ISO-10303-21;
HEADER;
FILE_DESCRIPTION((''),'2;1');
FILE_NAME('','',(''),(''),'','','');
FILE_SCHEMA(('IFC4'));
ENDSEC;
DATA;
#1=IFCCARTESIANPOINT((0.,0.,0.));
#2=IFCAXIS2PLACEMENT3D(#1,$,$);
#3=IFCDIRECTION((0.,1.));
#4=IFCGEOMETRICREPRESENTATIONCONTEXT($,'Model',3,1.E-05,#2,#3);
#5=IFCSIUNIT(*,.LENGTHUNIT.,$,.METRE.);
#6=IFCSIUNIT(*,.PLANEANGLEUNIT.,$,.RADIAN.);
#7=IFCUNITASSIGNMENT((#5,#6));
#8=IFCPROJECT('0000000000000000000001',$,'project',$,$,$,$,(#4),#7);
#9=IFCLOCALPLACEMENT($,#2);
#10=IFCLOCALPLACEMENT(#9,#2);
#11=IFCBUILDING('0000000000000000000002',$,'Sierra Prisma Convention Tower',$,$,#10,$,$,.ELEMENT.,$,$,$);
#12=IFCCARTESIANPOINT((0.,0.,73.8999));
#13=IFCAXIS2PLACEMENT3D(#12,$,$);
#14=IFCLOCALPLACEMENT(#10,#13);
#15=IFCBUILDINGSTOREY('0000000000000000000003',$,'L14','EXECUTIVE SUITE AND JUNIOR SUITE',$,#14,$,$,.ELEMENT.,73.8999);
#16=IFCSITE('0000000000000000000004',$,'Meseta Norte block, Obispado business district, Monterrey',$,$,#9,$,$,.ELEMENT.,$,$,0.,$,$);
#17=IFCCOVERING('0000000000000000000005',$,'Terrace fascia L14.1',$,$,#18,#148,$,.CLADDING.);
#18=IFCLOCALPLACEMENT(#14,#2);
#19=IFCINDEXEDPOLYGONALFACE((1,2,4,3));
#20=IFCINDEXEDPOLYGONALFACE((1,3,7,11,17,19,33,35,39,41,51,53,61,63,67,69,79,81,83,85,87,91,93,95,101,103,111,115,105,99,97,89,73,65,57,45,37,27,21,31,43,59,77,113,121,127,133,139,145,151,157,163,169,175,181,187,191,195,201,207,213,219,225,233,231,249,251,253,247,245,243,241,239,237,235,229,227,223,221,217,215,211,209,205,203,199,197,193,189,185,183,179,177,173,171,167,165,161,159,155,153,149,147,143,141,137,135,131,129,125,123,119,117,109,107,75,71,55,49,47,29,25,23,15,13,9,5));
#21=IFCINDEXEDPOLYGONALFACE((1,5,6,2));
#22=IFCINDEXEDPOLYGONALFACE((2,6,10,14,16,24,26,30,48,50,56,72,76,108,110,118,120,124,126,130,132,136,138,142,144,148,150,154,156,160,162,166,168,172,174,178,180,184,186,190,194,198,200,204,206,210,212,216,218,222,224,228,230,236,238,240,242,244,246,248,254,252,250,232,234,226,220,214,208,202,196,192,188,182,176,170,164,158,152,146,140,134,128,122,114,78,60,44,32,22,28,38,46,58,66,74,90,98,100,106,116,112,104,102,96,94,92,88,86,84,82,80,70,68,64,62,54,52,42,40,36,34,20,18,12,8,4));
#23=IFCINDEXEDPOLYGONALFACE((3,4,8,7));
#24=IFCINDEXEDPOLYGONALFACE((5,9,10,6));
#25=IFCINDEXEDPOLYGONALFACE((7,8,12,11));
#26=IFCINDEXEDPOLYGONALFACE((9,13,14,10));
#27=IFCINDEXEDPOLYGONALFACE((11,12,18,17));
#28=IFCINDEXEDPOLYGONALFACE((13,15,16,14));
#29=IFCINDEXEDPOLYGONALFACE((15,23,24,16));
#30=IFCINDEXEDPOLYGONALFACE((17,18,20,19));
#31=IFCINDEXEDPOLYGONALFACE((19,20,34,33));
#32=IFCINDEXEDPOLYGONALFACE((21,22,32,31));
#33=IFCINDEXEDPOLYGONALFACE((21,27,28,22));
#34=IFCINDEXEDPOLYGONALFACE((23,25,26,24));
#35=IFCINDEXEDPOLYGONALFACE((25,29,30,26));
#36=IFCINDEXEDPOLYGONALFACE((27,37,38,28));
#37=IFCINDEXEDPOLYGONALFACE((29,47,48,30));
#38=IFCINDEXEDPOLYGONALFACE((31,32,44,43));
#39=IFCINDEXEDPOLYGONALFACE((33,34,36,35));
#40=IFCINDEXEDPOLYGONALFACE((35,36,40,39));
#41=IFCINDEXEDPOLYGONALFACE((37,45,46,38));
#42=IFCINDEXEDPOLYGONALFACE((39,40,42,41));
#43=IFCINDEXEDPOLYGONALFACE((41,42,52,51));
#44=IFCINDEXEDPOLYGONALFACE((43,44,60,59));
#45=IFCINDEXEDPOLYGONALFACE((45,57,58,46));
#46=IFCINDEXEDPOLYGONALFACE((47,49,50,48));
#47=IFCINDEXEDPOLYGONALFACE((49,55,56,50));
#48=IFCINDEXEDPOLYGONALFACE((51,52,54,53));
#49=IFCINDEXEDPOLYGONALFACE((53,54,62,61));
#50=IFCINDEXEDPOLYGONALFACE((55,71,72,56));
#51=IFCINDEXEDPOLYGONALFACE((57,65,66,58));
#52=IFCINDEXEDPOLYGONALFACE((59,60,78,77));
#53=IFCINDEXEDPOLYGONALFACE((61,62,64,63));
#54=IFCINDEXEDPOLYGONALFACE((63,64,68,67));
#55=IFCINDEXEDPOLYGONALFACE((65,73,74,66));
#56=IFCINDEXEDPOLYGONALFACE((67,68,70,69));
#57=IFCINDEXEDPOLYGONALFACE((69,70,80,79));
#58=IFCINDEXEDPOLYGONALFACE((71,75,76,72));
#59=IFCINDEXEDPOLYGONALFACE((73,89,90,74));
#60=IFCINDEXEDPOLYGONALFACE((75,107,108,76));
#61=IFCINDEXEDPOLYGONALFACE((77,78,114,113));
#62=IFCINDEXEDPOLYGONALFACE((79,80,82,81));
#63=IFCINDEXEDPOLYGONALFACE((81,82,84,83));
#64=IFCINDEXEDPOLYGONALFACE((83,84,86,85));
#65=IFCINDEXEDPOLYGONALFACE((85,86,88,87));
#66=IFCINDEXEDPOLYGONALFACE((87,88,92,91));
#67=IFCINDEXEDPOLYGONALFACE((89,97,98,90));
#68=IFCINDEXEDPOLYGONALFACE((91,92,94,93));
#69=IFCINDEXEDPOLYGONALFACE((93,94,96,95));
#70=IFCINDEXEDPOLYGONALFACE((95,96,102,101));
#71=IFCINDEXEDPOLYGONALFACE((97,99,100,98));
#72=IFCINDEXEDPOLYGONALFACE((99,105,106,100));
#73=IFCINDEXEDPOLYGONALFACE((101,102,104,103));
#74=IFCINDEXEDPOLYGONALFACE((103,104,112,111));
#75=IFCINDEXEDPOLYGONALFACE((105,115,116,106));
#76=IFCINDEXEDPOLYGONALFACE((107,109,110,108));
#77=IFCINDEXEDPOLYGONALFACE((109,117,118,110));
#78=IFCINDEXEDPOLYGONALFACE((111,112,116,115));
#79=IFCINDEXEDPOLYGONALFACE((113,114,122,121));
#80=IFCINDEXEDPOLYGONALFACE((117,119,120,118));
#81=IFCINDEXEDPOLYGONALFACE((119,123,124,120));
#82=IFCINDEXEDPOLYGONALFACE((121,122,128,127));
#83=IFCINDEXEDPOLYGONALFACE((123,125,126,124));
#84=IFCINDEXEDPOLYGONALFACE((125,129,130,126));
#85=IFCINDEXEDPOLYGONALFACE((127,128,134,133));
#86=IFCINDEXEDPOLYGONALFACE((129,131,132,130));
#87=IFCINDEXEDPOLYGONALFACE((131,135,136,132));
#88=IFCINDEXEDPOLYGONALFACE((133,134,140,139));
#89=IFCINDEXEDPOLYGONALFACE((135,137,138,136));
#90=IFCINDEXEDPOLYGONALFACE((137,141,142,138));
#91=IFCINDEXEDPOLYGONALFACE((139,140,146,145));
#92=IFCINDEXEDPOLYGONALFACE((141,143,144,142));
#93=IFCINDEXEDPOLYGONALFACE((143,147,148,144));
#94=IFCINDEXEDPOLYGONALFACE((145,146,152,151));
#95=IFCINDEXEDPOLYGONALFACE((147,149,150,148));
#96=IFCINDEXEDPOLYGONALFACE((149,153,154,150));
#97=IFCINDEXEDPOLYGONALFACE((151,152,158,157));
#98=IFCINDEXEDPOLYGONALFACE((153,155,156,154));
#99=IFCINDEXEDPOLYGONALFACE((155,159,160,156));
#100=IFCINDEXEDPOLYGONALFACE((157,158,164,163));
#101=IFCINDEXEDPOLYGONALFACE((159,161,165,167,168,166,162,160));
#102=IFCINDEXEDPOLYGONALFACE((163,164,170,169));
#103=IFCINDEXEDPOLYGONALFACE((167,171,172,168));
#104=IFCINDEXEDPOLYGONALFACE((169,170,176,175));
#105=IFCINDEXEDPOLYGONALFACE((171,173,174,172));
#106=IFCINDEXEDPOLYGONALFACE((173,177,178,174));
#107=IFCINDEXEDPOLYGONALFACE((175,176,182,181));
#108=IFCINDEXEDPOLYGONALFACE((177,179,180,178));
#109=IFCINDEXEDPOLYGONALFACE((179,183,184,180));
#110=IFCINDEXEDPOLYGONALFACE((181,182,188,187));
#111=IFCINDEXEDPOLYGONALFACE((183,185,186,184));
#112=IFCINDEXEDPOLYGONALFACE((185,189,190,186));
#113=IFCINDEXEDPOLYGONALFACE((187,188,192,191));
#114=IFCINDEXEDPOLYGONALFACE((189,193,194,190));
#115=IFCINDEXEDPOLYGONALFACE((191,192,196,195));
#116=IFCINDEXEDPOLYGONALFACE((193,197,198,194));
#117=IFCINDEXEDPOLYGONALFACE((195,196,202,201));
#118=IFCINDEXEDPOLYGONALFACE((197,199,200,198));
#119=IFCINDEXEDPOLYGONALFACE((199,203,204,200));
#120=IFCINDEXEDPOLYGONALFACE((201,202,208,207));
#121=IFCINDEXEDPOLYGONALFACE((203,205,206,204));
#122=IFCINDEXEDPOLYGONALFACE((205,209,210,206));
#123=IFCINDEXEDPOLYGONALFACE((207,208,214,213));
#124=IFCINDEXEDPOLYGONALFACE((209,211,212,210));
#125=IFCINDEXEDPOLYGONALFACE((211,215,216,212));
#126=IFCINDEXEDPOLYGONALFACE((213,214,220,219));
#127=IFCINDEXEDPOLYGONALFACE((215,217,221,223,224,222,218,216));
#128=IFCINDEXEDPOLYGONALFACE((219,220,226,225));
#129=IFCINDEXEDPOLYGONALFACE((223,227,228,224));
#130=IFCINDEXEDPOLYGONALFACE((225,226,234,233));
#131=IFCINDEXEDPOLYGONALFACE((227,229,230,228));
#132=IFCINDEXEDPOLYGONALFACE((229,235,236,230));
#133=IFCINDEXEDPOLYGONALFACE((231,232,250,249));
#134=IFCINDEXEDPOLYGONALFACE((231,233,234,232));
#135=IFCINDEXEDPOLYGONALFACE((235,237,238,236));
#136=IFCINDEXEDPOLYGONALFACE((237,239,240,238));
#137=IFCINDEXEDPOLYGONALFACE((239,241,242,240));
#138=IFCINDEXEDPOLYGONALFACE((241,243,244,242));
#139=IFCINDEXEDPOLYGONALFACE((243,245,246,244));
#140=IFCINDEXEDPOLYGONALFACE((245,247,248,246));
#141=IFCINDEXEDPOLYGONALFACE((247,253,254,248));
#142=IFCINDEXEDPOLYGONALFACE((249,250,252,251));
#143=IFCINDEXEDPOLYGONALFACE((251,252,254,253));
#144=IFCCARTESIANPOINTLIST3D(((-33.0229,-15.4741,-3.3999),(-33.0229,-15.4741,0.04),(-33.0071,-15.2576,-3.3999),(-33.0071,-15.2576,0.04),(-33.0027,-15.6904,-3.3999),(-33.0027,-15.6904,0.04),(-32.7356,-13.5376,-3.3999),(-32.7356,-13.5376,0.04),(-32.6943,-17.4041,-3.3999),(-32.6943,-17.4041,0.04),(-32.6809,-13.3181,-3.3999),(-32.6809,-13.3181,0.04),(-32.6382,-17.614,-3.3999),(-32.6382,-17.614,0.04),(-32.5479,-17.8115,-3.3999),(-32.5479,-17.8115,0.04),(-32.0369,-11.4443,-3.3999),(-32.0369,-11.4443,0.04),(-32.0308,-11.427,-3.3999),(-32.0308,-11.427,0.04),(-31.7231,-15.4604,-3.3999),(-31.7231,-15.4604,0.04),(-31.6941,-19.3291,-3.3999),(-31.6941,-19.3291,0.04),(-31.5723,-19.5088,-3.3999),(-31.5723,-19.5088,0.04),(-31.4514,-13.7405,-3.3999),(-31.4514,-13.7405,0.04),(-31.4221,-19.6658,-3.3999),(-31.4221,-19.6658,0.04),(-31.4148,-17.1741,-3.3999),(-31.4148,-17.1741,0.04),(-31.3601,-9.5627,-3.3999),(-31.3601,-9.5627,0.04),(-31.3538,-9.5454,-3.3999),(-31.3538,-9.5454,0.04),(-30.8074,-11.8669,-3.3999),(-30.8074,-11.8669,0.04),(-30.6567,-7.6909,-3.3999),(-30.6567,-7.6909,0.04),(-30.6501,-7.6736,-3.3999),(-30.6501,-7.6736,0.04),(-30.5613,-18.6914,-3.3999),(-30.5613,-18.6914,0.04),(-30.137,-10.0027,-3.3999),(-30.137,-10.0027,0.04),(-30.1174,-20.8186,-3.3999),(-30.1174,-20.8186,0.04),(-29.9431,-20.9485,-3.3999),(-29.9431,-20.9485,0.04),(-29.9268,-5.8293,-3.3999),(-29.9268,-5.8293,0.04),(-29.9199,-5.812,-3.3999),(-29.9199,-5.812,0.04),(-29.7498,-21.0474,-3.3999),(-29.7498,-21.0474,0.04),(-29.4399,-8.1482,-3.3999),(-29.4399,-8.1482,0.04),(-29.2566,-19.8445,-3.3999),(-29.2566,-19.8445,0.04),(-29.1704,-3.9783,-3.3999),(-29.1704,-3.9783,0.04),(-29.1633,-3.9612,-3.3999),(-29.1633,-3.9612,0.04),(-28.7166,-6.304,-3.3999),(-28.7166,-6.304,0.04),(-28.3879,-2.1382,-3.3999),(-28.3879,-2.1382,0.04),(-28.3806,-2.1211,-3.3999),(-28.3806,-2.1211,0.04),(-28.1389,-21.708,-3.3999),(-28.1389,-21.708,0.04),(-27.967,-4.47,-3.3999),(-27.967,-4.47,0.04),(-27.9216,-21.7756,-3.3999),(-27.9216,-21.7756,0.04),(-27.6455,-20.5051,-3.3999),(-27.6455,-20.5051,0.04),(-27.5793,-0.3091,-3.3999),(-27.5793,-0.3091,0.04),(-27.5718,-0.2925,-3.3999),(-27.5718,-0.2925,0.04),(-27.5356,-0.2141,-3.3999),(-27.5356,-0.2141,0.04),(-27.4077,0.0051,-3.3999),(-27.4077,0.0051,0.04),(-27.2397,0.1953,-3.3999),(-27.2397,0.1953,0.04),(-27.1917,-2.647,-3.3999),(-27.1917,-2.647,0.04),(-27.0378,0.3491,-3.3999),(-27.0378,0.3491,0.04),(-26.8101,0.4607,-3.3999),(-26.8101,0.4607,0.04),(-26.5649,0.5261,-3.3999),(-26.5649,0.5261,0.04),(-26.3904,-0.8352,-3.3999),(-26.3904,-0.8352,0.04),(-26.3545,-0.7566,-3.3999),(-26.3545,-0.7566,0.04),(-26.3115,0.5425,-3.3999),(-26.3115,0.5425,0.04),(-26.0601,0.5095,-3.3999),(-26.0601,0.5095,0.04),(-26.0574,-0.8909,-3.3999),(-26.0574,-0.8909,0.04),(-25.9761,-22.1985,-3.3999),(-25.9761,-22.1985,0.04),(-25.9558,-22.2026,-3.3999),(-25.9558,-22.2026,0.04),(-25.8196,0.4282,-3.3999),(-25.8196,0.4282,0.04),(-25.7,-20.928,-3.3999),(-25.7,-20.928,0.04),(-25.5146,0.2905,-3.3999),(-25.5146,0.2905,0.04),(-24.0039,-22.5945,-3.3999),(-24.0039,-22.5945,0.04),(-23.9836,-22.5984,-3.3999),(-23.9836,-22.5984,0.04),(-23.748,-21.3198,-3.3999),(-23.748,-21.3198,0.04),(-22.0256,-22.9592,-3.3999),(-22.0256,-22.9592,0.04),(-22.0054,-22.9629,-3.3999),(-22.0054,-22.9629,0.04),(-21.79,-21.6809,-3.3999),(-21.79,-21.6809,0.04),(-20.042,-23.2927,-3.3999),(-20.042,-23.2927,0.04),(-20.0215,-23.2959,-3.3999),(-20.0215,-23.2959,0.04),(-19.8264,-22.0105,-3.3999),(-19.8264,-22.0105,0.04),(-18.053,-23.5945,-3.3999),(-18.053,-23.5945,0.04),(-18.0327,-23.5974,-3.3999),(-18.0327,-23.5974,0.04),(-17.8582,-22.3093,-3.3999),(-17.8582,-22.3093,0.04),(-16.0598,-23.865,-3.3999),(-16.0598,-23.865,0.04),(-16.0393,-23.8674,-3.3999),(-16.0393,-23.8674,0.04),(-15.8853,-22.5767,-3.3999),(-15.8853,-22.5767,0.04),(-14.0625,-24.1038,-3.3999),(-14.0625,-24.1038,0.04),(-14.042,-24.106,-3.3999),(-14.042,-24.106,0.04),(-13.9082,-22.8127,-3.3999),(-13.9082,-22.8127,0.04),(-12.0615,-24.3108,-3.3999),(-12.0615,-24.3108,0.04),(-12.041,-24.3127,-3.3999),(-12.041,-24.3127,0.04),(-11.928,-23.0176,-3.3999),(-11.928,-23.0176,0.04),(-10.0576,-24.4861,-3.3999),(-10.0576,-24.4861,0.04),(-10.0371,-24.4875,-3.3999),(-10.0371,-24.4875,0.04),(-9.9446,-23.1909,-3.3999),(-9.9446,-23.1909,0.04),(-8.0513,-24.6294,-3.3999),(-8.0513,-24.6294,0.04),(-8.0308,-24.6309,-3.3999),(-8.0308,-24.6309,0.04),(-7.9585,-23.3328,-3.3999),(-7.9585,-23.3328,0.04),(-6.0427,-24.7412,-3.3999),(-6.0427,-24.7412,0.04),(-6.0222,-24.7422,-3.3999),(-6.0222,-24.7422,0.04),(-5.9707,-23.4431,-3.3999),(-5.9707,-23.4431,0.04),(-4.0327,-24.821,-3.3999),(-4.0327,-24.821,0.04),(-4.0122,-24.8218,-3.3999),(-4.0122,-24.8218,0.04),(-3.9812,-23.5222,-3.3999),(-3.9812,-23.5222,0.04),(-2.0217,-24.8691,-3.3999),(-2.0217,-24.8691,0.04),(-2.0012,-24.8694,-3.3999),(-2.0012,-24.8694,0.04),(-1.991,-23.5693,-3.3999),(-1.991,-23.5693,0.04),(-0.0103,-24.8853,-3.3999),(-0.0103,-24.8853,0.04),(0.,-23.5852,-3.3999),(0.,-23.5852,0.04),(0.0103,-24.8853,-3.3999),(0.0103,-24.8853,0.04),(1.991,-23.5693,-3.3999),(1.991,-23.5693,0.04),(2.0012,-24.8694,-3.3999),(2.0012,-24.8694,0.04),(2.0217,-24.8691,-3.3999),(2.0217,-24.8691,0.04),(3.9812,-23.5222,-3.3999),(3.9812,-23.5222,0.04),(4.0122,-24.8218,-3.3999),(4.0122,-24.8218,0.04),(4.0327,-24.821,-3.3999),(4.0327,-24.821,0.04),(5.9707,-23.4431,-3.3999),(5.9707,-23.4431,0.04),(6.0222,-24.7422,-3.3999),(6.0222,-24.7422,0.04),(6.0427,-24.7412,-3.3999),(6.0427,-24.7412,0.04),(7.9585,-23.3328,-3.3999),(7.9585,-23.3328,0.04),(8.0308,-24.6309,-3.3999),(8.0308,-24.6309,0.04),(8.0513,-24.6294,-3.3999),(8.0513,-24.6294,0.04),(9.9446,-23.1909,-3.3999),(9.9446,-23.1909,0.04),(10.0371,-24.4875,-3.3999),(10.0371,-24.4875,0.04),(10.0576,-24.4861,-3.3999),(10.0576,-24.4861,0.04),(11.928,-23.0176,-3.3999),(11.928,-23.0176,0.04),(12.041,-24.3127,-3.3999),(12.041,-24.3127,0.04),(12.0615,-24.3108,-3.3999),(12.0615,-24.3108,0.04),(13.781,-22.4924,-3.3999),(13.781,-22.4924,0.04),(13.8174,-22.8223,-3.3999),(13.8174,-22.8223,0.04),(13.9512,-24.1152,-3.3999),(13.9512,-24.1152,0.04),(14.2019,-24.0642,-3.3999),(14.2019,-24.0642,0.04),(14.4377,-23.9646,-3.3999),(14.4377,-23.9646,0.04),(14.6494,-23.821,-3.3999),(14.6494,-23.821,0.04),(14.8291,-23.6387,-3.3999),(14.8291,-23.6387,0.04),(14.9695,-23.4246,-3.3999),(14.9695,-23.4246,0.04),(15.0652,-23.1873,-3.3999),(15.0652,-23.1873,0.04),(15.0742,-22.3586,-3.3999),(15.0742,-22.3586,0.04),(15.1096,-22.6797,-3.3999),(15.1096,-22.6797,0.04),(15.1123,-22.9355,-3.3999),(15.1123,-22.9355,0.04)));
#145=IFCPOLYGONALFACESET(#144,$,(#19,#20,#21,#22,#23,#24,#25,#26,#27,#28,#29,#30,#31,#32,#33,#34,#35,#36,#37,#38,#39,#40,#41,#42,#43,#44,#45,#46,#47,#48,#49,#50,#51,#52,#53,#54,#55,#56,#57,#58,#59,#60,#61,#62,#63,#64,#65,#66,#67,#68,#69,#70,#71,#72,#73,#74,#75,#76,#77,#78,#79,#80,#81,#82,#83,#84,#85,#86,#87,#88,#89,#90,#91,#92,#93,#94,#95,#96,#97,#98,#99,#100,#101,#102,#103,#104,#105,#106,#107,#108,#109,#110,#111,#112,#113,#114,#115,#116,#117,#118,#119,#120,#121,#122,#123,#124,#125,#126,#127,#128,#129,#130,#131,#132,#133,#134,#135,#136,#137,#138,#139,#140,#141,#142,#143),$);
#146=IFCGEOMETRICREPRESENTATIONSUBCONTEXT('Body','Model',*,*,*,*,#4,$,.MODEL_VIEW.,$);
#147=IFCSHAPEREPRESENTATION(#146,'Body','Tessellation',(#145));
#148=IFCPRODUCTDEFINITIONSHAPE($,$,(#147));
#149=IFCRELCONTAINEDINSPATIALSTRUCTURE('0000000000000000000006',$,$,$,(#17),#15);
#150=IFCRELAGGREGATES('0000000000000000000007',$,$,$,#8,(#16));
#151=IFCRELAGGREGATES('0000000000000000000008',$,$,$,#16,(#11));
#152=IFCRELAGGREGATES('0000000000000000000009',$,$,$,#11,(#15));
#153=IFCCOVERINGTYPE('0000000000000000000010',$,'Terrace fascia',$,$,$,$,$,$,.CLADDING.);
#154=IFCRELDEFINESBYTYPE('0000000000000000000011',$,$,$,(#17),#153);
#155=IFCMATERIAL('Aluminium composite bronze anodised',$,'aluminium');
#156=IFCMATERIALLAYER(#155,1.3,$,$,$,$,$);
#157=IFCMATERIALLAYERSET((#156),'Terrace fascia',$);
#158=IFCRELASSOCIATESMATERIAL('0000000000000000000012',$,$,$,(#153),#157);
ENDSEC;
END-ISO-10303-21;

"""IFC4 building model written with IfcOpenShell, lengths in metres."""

from ifc_helpers import new_model, si_unit, direction, frame, origin, place, context, subcontext, project, spatial, polyline, outline, extrude, material, layer, layer_set, type_object, element, save


model = new_model("IFC4")

# Units and contexts
model_context = context("Model", 3, precision=1e-05, world=origin(), true_north=direction((0.0, 1.0)))
body_context = subcontext(model_context, "Body", "Model", "MODEL_VIEW")
ifc_project = project(units=[si_unit("LENGTHUNIT", "METRE"), si_unit("PLANEANGLEUNIT", "RADIAN")], contexts=[model_context])

# Site, building, storey
site_placement = place(None, origin())
site = spatial("IfcSite", under=ifc_project, at=site_placement, Name="Meseta Norte block, Obispado business district, Monterrey", CompositionType="ELEMENT", RefElevation=0.0)
building_placement = place(site_placement, origin())
building = spatial("IfcBuilding", under=site, at=building_placement, Name="Sierra Prisma Convention Tower", CompositionType="ELEMENT")
storey_placement = place(building_placement, frame((0.0, 0.0, 73.8999)))
storey = spatial("IfcBuildingStorey", under=building, at=storey_placement, Name="L14", Description="EXECUTIVE SUITE AND JUNIOR SUITE", CompositionType="ELEMENT", Elevation=73.8999)

# Covering
ifc_material_1 = material(Name="Aluminium composite bronze anodised", Category="aluminium")
ifc_layer_1 = layer(ifc_material_1, 1.3)
ifc_layer_set_1 = layer_set([ifc_layer_1], Name="Terrace fascia")
covering_type_1 = type_object("IfcCoveringType", Name="Terrace fascia", PredefinedType="CLADDING", material=ifc_layer_set_1)
covering_1_placement = place(storey_placement, frame((0.0, 0.0, -3.3999)))
element("IfcCovering", 1, at=covering_1_placement, inside=storey, type_object=covering_type_1, Name="Terrace fascia L14.1", PredefinedType="CLADDING", context=body_context, shape_type="SweptSolid", body=[
    extrude(outline(polyline([(15.1096, -22.6797), (15.1123, -22.9355), (15.0652, -23.1873), (14.9695, -23.4246), (14.8291, -23.6387), (14.6494, -23.821), (14.4377, -23.9646), (14.2019, -24.0642), (13.9512, -24.1152), (12.0615, -24.3108), (12.041, -24.3127), (10.0576, -24.4861), (10.0371, -24.4875), (8.0513, -24.6294), (8.0308, -24.6309), (6.0427, -24.7412), (6.0222, -24.7422), (4.0327, -24.821), (4.0122, -24.8218), (2.0217, -24.8691), (2.0012, -24.8694), (0.0103, -24.8853), (-0.0103, -24.8853), (-2.0012, -24.8694), (-2.0217, -24.8691), (-4.0122, -24.8218), (-4.0327, -24.821), (-6.0222, -24.7422), (-6.0427, -24.7412), (-8.0308, -24.6309), (-8.0513, -24.6294), (-10.0371, -24.4875), (-10.0576, -24.4861), (-12.041, -24.3127), (-12.0615, -24.3108), (-14.042, -24.106), (-14.0625, -24.1038), (-16.0393, -23.8674), (-16.0598, -23.865), (-18.0327, -23.5974), (-18.053, -23.5945), (-20.0215, -23.2959), (-20.042, -23.2927), (-22.0054, -22.9629), (-22.0256, -22.9592), (-23.9836, -22.5984), (-24.0039, -22.5945), (-25.9558, -22.2026), (-25.9761, -22.1985), (-27.9216, -21.7756), (-28.1389, -21.708), (-29.7498, -21.0474), (-29.9431, -20.9485), (-30.1174, -20.8186), (-31.4221, -19.6658), (-31.5723, -19.5088), (-31.6941, -19.3291), (-32.5479, -17.8115), (-32.6382, -17.614), (-32.6943, -17.4041), (-33.0027, -15.6904), (-33.0229, -15.4741), (-33.0071, -15.2576), (-32.7356, -13.5376), (-32.6809, -13.3181), (-32.0369, -11.4443), (-32.0308, -11.427), (-31.3601, -9.5627), (-31.3538, -9.5454), (-30.6567, -7.6909), (-30.6501, -7.6736), (-29.9268, -5.8293), (-29.9199, -5.812), (-29.1704, -3.9783), (-29.1633, -3.9612), (-28.3879, -2.1382), (-28.3806, -2.1211), (-27.5793, -0.3091), (-27.5718, -0.2925), (-27.5356, -0.2141), (-27.4077, 0.0051), (-27.2397, 0.1953), (-27.0378, 0.3491), (-26.8101, 0.4607), (-26.5649, 0.5261), (-26.3115, 0.5425), (-26.0601, 0.5095), (-25.8196, 0.4282), (-25.5146, 0.2905), (-26.0574, -0.8909), (-26.3545, -0.7566), (-26.3904, -0.8352), (-27.1917, -2.647), (-27.967, -4.47), (-28.7166, -6.304), (-29.4399, -8.1482), (-30.137, -10.0027), (-30.8074, -11.8669), (-31.4514, -13.7405), (-31.7231, -15.4604), (-31.4148, -17.1741), (-30.5613, -18.6914), (-29.2566, -19.8445), (-27.6455, -20.5051), (-25.7, -20.928), (-23.748, -21.3198), (-21.79, -21.6809), (-19.8264, -22.0105), (-17.8582, -22.3093), (-15.8853, -22.5767), (-13.9082, -22.8127), (-11.928, -23.0176), (-9.9446, -23.1909), (-7.9585, -23.3328), (-5.9707, -23.4431), (-3.9812, -23.5222), (-1.991, -23.5693), (0.0, -23.5852), (1.991, -23.5693), (3.9812, -23.5222), (5.9707, -23.4431), (7.9585, -23.3328), (9.9446, -23.1909), (11.928, -23.0176), (13.8174, -22.8223), (13.781, -22.4924), (15.0742, -22.3586), (15.1096, -22.6797)])), origin(), (0.0, 0.0, 1.0), 3.4399),
])

save(model, "model.ifc")
